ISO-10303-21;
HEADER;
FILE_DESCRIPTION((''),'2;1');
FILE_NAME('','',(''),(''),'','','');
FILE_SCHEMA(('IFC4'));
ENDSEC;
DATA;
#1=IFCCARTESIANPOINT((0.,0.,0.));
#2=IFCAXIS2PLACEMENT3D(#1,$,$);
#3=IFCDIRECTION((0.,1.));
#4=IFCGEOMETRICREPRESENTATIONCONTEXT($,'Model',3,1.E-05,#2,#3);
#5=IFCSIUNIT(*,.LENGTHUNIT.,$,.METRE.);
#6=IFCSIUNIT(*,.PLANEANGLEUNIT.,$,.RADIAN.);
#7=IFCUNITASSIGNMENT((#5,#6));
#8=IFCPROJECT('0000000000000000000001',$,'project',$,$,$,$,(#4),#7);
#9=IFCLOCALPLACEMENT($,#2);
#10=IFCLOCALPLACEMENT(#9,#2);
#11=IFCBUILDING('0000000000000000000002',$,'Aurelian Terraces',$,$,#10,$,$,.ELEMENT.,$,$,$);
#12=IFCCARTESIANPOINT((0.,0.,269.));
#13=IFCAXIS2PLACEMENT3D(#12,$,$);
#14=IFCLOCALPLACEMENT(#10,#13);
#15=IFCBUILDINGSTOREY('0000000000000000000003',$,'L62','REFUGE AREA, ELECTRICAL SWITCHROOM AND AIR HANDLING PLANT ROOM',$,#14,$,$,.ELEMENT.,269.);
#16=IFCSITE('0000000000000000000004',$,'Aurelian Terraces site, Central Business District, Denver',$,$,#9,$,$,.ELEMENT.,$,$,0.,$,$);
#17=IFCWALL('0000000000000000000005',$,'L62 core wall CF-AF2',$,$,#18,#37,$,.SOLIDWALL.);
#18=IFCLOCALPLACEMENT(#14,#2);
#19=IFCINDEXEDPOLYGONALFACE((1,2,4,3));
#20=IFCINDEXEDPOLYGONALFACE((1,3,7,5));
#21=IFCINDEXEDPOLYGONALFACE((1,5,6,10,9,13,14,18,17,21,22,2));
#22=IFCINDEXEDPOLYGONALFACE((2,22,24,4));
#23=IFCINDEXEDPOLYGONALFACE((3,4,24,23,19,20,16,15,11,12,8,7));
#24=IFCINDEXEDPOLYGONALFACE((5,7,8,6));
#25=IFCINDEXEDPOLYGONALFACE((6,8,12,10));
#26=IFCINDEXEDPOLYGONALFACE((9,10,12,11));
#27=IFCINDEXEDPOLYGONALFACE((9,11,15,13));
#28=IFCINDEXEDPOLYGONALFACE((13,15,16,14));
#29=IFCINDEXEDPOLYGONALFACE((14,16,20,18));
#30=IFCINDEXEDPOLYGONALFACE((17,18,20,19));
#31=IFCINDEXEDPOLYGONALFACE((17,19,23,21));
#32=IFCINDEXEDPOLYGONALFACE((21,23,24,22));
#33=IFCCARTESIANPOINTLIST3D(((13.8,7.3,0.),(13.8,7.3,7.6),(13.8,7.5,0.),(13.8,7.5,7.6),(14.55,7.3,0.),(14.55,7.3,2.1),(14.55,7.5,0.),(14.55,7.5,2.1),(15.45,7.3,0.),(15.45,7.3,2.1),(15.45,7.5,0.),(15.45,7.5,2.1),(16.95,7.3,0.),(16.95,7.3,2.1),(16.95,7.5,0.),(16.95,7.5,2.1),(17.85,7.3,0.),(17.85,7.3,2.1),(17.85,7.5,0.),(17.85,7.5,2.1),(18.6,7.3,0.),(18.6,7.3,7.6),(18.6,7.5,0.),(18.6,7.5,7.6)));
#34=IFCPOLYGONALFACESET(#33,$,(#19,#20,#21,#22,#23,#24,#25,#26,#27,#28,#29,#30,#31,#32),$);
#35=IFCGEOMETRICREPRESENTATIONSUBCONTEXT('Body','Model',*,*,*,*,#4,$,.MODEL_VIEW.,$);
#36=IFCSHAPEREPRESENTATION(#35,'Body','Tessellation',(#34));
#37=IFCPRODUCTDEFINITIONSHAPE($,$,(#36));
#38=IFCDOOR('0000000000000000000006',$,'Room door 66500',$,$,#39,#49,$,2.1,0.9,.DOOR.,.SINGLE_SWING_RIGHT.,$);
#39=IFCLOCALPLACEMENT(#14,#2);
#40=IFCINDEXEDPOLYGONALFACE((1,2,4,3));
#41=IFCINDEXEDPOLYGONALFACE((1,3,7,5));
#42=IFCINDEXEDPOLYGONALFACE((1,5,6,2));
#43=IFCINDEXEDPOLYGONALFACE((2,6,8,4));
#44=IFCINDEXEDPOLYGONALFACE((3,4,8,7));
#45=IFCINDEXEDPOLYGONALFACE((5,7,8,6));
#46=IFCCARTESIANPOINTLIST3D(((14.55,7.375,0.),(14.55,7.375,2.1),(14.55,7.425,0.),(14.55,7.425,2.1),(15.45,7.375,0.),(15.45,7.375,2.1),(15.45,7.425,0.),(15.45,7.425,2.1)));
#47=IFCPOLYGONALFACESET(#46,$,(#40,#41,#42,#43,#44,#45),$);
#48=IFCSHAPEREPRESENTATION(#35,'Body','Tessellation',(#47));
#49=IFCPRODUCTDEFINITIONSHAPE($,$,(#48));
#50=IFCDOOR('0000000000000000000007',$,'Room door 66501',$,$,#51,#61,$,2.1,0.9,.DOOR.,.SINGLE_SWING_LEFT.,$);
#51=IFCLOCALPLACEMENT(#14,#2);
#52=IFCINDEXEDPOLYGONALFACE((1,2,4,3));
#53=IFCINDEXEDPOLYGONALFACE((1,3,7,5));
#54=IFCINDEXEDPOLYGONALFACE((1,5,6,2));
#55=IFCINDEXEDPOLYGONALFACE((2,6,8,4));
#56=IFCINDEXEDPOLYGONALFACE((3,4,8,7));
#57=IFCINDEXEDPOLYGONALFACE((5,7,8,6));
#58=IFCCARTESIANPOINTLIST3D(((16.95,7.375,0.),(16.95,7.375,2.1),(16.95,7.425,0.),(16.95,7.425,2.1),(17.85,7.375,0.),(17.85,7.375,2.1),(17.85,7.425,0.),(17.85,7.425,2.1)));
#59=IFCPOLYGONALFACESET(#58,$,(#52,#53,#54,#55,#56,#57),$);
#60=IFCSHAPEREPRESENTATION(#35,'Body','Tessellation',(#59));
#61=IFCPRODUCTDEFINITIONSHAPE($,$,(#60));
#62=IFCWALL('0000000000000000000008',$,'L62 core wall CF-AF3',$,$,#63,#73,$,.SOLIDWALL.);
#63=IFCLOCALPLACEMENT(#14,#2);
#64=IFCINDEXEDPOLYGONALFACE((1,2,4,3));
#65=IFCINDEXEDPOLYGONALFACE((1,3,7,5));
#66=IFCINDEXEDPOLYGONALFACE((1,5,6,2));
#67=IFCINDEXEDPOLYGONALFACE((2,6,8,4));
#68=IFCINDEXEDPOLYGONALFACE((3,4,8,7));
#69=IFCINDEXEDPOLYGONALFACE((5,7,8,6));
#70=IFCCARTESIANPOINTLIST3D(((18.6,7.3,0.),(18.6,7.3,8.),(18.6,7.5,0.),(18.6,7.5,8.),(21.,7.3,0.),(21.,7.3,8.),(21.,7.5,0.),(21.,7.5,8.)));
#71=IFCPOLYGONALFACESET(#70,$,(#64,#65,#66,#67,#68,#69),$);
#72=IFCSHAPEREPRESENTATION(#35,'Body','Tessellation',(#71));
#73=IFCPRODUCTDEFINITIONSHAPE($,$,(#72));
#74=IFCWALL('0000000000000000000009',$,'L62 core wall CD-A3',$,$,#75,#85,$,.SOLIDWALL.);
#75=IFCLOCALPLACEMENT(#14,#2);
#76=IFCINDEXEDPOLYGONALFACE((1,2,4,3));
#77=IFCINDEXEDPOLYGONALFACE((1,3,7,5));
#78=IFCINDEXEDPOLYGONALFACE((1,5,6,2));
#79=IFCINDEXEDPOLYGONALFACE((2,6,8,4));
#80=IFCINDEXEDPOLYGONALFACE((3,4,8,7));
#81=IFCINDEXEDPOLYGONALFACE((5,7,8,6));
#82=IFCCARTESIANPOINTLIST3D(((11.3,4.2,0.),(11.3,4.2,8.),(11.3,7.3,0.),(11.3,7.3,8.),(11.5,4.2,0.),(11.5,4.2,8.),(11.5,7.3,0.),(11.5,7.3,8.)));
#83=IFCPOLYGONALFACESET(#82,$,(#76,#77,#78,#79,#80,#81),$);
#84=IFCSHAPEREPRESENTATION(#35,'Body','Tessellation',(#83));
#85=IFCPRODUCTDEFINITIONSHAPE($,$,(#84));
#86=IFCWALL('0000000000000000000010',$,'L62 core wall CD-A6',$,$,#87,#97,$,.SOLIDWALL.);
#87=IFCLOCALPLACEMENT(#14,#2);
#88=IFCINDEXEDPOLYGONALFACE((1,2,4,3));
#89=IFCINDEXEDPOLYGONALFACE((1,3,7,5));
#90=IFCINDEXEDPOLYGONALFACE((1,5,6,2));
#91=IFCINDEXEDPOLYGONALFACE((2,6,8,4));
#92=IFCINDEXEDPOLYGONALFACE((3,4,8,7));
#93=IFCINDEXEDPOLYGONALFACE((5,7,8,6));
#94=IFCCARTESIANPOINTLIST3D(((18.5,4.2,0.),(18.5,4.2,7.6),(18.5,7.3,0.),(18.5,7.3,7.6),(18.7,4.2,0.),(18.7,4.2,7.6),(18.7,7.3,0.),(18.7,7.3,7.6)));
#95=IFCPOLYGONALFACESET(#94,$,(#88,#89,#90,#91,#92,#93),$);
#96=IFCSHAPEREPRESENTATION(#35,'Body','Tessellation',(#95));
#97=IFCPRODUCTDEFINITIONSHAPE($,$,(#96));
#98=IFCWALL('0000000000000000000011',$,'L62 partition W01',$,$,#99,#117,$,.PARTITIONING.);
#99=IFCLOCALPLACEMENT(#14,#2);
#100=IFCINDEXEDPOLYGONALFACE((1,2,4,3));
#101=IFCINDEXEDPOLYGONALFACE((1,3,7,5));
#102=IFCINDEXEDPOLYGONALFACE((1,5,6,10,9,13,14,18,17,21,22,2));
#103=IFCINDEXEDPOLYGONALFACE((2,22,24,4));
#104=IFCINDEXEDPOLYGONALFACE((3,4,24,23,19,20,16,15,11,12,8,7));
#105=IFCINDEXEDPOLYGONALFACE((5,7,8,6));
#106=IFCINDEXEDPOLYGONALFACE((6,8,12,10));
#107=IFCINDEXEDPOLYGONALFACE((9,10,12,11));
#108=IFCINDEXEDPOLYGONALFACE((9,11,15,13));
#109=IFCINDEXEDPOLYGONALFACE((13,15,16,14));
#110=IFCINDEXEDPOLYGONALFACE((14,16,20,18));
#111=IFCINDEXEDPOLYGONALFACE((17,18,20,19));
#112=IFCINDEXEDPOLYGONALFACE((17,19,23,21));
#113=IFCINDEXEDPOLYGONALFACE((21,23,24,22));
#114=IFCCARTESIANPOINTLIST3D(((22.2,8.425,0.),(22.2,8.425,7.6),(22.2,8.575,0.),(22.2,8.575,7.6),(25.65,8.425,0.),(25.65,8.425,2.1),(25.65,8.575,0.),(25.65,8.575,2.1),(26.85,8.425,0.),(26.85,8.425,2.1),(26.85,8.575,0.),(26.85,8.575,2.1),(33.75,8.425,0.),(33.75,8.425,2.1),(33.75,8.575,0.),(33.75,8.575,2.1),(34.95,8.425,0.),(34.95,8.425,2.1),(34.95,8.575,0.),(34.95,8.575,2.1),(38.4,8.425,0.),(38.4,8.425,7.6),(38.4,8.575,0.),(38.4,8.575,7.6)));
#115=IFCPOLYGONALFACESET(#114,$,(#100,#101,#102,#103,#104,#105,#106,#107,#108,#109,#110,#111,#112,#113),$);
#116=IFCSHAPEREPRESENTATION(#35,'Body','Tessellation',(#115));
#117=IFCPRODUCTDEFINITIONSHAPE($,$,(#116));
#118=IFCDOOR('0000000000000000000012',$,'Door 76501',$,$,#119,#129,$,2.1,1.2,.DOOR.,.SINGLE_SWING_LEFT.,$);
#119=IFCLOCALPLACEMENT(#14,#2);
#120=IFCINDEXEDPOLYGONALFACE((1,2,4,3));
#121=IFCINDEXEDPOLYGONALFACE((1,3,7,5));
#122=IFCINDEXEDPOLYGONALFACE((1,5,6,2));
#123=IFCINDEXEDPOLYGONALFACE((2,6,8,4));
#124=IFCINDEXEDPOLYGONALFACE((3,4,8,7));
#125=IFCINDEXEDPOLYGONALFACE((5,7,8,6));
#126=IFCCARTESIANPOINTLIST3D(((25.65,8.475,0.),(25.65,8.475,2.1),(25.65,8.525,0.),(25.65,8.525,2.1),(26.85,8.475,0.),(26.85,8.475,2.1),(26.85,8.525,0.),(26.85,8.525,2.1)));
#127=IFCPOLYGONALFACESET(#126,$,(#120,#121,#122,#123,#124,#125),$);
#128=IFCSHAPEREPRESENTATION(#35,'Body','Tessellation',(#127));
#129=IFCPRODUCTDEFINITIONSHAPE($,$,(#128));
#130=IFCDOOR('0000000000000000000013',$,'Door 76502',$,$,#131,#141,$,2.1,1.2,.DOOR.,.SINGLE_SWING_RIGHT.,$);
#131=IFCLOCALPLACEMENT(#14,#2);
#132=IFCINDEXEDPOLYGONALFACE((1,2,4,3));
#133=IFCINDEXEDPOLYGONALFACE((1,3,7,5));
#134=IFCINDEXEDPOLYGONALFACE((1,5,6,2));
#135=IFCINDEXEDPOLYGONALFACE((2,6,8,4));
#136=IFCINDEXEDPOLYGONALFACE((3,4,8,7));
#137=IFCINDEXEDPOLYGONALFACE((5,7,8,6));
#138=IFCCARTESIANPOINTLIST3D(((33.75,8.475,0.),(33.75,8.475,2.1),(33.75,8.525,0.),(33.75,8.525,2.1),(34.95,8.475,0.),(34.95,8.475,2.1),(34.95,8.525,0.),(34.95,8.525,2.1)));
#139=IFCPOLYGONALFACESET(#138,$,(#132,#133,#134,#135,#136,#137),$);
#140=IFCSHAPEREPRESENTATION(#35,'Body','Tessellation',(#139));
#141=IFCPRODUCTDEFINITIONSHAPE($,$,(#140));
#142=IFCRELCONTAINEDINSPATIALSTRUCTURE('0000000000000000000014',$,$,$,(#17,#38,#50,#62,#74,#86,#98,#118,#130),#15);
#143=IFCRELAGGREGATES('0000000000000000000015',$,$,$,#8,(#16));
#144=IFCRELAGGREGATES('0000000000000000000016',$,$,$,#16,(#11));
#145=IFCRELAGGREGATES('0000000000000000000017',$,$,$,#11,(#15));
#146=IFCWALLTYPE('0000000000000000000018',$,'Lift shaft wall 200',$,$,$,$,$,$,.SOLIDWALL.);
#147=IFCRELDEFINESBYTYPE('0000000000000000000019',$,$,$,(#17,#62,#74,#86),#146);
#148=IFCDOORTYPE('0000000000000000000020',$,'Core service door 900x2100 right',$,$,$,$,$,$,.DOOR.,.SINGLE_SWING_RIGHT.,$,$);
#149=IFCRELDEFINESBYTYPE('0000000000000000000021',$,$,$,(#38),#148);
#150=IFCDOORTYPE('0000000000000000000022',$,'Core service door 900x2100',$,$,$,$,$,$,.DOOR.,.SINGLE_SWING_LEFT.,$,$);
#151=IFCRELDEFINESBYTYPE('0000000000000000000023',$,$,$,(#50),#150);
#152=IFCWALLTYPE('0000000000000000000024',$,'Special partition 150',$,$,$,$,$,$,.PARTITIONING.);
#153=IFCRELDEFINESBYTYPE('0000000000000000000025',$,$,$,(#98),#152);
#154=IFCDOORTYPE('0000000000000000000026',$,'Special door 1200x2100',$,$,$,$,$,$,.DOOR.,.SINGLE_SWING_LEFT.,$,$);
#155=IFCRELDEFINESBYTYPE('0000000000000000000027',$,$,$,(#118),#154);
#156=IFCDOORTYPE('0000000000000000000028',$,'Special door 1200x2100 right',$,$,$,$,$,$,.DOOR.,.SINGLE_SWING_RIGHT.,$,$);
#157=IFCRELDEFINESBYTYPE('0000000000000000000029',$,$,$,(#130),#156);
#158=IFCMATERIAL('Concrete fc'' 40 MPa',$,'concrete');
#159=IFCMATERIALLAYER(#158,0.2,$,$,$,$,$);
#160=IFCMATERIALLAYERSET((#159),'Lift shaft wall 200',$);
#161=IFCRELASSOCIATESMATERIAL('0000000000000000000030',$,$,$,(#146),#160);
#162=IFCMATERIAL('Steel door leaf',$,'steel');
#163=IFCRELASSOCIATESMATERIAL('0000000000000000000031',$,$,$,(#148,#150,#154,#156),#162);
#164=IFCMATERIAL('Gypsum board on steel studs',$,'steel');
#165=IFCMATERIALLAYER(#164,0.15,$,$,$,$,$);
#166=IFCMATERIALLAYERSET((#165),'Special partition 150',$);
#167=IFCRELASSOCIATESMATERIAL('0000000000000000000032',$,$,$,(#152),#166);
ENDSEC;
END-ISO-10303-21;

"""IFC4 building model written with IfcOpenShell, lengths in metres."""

from ifc_helpers import new_model, si_unit, direction, frame, frame_2d, origin, place, context, subcontext, project, spatial, rectangle, extrude, source, transform, mapped, material, layer, layer_set, type_object, element, fill, save


model = new_model("IFC4")

# Units and contexts
model_context = context("Model", 3, precision=1e-05, world=origin(), true_north=direction((0.0, 1.0)))
body_context = subcontext(model_context, "Body", "Model", "MODEL_VIEW")
ifc_project = project(units=[si_unit("LENGTHUNIT", "METRE"), si_unit("PLANEANGLEUNIT", "RADIAN")], contexts=[model_context])

# Site, building, storey
site_placement = place(None, origin())
site = spatial("IfcSite", under=ifc_project, at=site_placement, Name="Aurelian Terraces site, Central Business District, Denver", CompositionType="ELEMENT", RefElevation=0.0)
building_placement = place(site_placement, origin())
building = spatial("IfcBuilding", under=site, at=building_placement, Name="Aurelian Terraces", CompositionType="ELEMENT")
storey_placement = place(building_placement, frame((0.0, 0.0, 269.0)))
storey = spatial("IfcBuildingStorey", under=building, at=storey_placement, Name="L62", Description="REFUGE AREA, ELECTRICAL SWITCHROOM AND AIR HANDLING PLANT ROOM", CompositionType="ELEMENT", Elevation=269.0)

# Shared definitions
ifc_material_1 = material(Name="Steel door leaf", Category="steel")
shared_shape_1 = source(origin(), body_context, "Body", "SweptSolid", [
    extrude(rectangle(XDim=1.2, YDim=2.1, at=frame_2d((0.6, 1.05))), frame((0.0, 0.025, 0.0), z_axis=(0.0, -1.0, 0.0), x_axis=(1.0, 0.0, 0.0)), (0.0, 0.0, 1.0), 0.05),
])

# Shared definitions
ifc_material_2 = material(Name="Gypsum board on steel studs", Category="steel")
ifc_material_3 = material(Name="Concrete fc' 40 MPa", Category="concrete")
ifc_layer_1 = layer(ifc_material_3, 0.2)
ifc_layer_set_1 = layer_set([ifc_layer_1], Name="Lift shaft wall 200")
wall_type_1 = type_object("IfcWallType", Name="Lift shaft wall 200", PredefinedType="SOLIDWALL", material=ifc_layer_set_1)

# Wall, openings, doors
wall_1_placement = place(storey_placement, frame((13.8, 7.4, 0.0), z_axis=(0.0, 0.0, 1.0), x_axis=(1.0, 0.0, 0.0)))
wall_1 = element("IfcWall", 1, at=wall_1_placement, inside=storey, type_object=wall_type_1, Name="L62 core wall CF-AF2", PredefinedType="SOLIDWALL", context=body_context, shape_type="SweptSolid", body=[
    extrude(rectangle(XDim=4.8, YDim=0.2, at=frame_2d((2.4, 0.0))), origin(), (0.0, 0.0, 1.0), 7.6),
])
shared_shape_2 = source(origin(), body_context, "Body", "SweptSolid", [
    extrude(rectangle(XDim=0.9, YDim=2.1, at=frame_2d((0.45, 1.05))), frame((0.0, 0.11, 0.0), z_axis=(0.0, -1.0, 0.0), x_axis=(1.0, 0.0, 0.0)), (0.0, 0.0, 1.0), 0.22),
])
opening_1_placement = place(wall_1_placement, frame((0.75, 0.0, 0.0)))
opening_1 = element("IfcOpeningElement", 2, at=opening_1_placement, cuts=wall_1, PredefinedType="OPENING", context=body_context, shape_type="MappedRepresentation", body=[
    mapped(shared_shape_2, transform((0.0, 0.0, 0.0), scale=1.0)),
])
opening_2_placement = place(wall_1_placement, frame((3.15, 0.0, 0.0)))
opening_2 = element("IfcOpeningElement", 3, at=opening_2_placement, cuts=wall_1, PredefinedType="OPENING", context=body_context, shape_type="MappedRepresentation", body=[
    mapped(shared_shape_2, transform((0.0, 0.0, 0.0), scale=1.0)),
])
door_type_1 = type_object("IfcDoorType", Name="Core service door 900x2100 right", OperationType="SINGLE_SWING_RIGHT", PredefinedType="DOOR", material=ifc_material_1)
shared_shape_3 = source(origin(), body_context, "Body", "SweptSolid", [
    extrude(rectangle(XDim=0.9, YDim=2.1, at=frame_2d((0.45, 1.05))), frame((0.0, 0.025, 0.0), z_axis=(0.0, -1.0, 0.0), x_axis=(1.0, 0.0, 0.0)), (0.0, 0.0, 1.0), 0.05),
])
door_1_placement = place(opening_1_placement, origin())
door_1 = element("IfcDoor", 4, at=door_1_placement, inside=storey, type_object=door_type_1, Name="Room door 66500", OperationType="SINGLE_SWING_RIGHT", OverallHeight=2.1, OverallWidth=0.9, PredefinedType="DOOR", context=body_context, shape_type="MappedRepresentation", body=[
    mapped(shared_shape_3, transform((0.0, 0.0, 0.0), scale=1.0)),
])
fill(opening_1, door_1)
door_type_2 = type_object("IfcDoorType", Name="Core service door 900x2100", OperationType="SINGLE_SWING_LEFT", PredefinedType="DOOR", material=ifc_material_1)
door_2_placement = place(opening_2_placement, origin())
door_2 = element("IfcDoor", 5, at=door_2_placement, inside=storey, type_object=door_type_2, Name="Room door 66501", OperationType="SINGLE_SWING_LEFT", OverallHeight=2.1, OverallWidth=0.9, PredefinedType="DOOR", context=body_context, shape_type="MappedRepresentation", body=[
    mapped(shared_shape_3, transform((0.0, 0.0, 0.0), scale=1.0)),
])
fill(opening_2, door_2)

# Walls
wall_2_placement = place(storey_placement, frame((18.6, 7.4, 0.0), z_axis=(0.0, 0.0, 1.0), x_axis=(1.0, 0.0, 0.0)))
element("IfcWall", 6, at=wall_2_placement, inside=storey, type_object=wall_type_1, Name="L62 core wall CF-AF3", PredefinedType="SOLIDWALL", context=body_context, shape_type="SweptSolid", body=[
    extrude(rectangle(XDim=2.4, YDim=0.2, at=frame_2d((1.2, 0.0))), origin(), (0.0, 0.0, 1.0), 8.0),
])
shared_shape_4 = source(origin(), body_context, "Body", "SweptSolid", [
    extrude(rectangle(XDim=3.1, YDim=0.2, at=frame_2d((1.55, 0.0))), origin(), (0.0, 0.0, 1.0), 8.0),
])
wall_3_placement = place(storey_placement, frame((11.4, 4.2, 0.0), z_axis=(0.0, 0.0, 1.0), x_axis=(0.0, 1.0, 0.0)))
element("IfcWall", 7, at=wall_3_placement, inside=storey, type_object=wall_type_1, Name="L62 core wall CD-A3", PredefinedType="SOLIDWALL", context=body_context, shape_type="MappedRepresentation", body=[
    mapped(shared_shape_4, transform((0.0, 0.0, 0.0), scale=1.0)),
])
shared_shape_5 = source(origin(), body_context, "Body", "SweptSolid", [
    extrude(rectangle(XDim=3.1, YDim=0.2, at=frame_2d((1.55, 0.0))), origin(), (0.0, 0.0, 1.0), 7.6),
])
wall_4_placement = place(storey_placement, frame((18.6, 4.2, 0.0), z_axis=(0.0, 0.0, 1.0), x_axis=(0.0, 1.0, 0.0)))
element("IfcWall", 8, at=wall_4_placement, inside=storey, type_object=wall_type_1, Name="L62 core wall CD-A6", PredefinedType="SOLIDWALL", context=body_context, shape_type="MappedRepresentation", body=[
    mapped(shared_shape_5, transform((0.0, 0.0, 0.0), scale=1.0)),
])

# Wall, openings, doors
ifc_layer_2 = layer(ifc_material_2, 0.15)
ifc_layer_set_2 = layer_set([ifc_layer_2], Name="Special partition 150")
wall_type_2 = type_object("IfcWallType", Name="Special partition 150", PredefinedType="PARTITIONING", material=ifc_layer_set_2)
shared_shape_6 = source(origin(), body_context, "Body", "SweptSolid", [
    extrude(rectangle(XDim=16.2, YDim=0.15, at=frame_2d((8.1, 0.0))), origin(), (0.0, 0.0, 1.0), 7.6),
])
wall_5_placement = place(storey_placement, frame((22.2, 8.5, 0.0), z_axis=(0.0, 0.0, 1.0), x_axis=(1.0, 0.0, 0.0)))
wall_5 = element("IfcWall", 9, at=wall_5_placement, inside=storey, type_object=wall_type_2, Name="L62 partition W01", PredefinedType="PARTITIONING", context=body_context, shape_type="MappedRepresentation", body=[
    mapped(shared_shape_6, transform((0.0, 0.0, 0.0), scale=1.0)),
])
shared_shape_7 = source(origin(), body_context, "Body", "SweptSolid", [
    extrude(rectangle(XDim=1.2, YDim=2.1, at=frame_2d((0.6, 1.05))), frame((0.0, 0.085, 0.0), z_axis=(0.0, -1.0, 0.0), x_axis=(1.0, 0.0, 0.0)), (0.0, 0.0, 1.0), 0.17),
])
opening_3_placement = place(wall_5_placement, frame((3.45, 0.0, 0.0)))
opening_3 = element("IfcOpeningElement", 10, at=opening_3_placement, cuts=wall_5, PredefinedType="OPENING", context=body_context, shape_type="MappedRepresentation", body=[
    mapped(shared_shape_7, transform((0.0, 0.0, 0.0), scale=1.0)),
])
opening_4_placement = place(wall_5_placement, frame((11.55, 0.0, 0.0)))
opening_4 = element("IfcOpeningElement", 11, at=opening_4_placement, cuts=wall_5, PredefinedType="OPENING", context=body_context, shape_type="MappedRepresentation", body=[
    mapped(shared_shape_7, transform((0.0, 0.0, 0.0), scale=1.0)),
])
door_type_3 = type_object("IfcDoorType", Name="Special door 1200x2100", OperationType="SINGLE_SWING_LEFT", PredefinedType="DOOR", material=ifc_material_1)
door_3_placement = place(opening_3_placement, origin())
door_3 = element("IfcDoor", 12, at=door_3_placement, inside=storey, type_object=door_type_3, Name="Door 76501", OperationType="SINGLE_SWING_LEFT", OverallHeight=2.1, OverallWidth=1.2, PredefinedType="DOOR", context=body_context, shape_type="MappedRepresentation", body=[
    mapped(shared_shape_1, transform((0.0, 0.0, 0.0), scale=1.0)),
])
fill(opening_3, door_3)
door_type_4 = type_object("IfcDoorType", Name="Special door 1200x2100 right", OperationType="SINGLE_SWING_RIGHT", PredefinedType="DOOR", material=ifc_material_1)
door_4_placement = place(opening_4_placement, origin())
door_4 = element("IfcDoor", 13, at=door_4_placement, inside=storey, type_object=door_type_4, Name="Door 76502", OperationType="SINGLE_SWING_RIGHT", OverallHeight=2.1, OverallWidth=1.2, PredefinedType="DOOR", context=body_context, shape_type="MappedRepresentation", body=[
    mapped(shared_shape_1, transform((0.0, 0.0, 0.0), scale=1.0)),
])
fill(opening_4, door_4)

save(model, "model.ifc")
